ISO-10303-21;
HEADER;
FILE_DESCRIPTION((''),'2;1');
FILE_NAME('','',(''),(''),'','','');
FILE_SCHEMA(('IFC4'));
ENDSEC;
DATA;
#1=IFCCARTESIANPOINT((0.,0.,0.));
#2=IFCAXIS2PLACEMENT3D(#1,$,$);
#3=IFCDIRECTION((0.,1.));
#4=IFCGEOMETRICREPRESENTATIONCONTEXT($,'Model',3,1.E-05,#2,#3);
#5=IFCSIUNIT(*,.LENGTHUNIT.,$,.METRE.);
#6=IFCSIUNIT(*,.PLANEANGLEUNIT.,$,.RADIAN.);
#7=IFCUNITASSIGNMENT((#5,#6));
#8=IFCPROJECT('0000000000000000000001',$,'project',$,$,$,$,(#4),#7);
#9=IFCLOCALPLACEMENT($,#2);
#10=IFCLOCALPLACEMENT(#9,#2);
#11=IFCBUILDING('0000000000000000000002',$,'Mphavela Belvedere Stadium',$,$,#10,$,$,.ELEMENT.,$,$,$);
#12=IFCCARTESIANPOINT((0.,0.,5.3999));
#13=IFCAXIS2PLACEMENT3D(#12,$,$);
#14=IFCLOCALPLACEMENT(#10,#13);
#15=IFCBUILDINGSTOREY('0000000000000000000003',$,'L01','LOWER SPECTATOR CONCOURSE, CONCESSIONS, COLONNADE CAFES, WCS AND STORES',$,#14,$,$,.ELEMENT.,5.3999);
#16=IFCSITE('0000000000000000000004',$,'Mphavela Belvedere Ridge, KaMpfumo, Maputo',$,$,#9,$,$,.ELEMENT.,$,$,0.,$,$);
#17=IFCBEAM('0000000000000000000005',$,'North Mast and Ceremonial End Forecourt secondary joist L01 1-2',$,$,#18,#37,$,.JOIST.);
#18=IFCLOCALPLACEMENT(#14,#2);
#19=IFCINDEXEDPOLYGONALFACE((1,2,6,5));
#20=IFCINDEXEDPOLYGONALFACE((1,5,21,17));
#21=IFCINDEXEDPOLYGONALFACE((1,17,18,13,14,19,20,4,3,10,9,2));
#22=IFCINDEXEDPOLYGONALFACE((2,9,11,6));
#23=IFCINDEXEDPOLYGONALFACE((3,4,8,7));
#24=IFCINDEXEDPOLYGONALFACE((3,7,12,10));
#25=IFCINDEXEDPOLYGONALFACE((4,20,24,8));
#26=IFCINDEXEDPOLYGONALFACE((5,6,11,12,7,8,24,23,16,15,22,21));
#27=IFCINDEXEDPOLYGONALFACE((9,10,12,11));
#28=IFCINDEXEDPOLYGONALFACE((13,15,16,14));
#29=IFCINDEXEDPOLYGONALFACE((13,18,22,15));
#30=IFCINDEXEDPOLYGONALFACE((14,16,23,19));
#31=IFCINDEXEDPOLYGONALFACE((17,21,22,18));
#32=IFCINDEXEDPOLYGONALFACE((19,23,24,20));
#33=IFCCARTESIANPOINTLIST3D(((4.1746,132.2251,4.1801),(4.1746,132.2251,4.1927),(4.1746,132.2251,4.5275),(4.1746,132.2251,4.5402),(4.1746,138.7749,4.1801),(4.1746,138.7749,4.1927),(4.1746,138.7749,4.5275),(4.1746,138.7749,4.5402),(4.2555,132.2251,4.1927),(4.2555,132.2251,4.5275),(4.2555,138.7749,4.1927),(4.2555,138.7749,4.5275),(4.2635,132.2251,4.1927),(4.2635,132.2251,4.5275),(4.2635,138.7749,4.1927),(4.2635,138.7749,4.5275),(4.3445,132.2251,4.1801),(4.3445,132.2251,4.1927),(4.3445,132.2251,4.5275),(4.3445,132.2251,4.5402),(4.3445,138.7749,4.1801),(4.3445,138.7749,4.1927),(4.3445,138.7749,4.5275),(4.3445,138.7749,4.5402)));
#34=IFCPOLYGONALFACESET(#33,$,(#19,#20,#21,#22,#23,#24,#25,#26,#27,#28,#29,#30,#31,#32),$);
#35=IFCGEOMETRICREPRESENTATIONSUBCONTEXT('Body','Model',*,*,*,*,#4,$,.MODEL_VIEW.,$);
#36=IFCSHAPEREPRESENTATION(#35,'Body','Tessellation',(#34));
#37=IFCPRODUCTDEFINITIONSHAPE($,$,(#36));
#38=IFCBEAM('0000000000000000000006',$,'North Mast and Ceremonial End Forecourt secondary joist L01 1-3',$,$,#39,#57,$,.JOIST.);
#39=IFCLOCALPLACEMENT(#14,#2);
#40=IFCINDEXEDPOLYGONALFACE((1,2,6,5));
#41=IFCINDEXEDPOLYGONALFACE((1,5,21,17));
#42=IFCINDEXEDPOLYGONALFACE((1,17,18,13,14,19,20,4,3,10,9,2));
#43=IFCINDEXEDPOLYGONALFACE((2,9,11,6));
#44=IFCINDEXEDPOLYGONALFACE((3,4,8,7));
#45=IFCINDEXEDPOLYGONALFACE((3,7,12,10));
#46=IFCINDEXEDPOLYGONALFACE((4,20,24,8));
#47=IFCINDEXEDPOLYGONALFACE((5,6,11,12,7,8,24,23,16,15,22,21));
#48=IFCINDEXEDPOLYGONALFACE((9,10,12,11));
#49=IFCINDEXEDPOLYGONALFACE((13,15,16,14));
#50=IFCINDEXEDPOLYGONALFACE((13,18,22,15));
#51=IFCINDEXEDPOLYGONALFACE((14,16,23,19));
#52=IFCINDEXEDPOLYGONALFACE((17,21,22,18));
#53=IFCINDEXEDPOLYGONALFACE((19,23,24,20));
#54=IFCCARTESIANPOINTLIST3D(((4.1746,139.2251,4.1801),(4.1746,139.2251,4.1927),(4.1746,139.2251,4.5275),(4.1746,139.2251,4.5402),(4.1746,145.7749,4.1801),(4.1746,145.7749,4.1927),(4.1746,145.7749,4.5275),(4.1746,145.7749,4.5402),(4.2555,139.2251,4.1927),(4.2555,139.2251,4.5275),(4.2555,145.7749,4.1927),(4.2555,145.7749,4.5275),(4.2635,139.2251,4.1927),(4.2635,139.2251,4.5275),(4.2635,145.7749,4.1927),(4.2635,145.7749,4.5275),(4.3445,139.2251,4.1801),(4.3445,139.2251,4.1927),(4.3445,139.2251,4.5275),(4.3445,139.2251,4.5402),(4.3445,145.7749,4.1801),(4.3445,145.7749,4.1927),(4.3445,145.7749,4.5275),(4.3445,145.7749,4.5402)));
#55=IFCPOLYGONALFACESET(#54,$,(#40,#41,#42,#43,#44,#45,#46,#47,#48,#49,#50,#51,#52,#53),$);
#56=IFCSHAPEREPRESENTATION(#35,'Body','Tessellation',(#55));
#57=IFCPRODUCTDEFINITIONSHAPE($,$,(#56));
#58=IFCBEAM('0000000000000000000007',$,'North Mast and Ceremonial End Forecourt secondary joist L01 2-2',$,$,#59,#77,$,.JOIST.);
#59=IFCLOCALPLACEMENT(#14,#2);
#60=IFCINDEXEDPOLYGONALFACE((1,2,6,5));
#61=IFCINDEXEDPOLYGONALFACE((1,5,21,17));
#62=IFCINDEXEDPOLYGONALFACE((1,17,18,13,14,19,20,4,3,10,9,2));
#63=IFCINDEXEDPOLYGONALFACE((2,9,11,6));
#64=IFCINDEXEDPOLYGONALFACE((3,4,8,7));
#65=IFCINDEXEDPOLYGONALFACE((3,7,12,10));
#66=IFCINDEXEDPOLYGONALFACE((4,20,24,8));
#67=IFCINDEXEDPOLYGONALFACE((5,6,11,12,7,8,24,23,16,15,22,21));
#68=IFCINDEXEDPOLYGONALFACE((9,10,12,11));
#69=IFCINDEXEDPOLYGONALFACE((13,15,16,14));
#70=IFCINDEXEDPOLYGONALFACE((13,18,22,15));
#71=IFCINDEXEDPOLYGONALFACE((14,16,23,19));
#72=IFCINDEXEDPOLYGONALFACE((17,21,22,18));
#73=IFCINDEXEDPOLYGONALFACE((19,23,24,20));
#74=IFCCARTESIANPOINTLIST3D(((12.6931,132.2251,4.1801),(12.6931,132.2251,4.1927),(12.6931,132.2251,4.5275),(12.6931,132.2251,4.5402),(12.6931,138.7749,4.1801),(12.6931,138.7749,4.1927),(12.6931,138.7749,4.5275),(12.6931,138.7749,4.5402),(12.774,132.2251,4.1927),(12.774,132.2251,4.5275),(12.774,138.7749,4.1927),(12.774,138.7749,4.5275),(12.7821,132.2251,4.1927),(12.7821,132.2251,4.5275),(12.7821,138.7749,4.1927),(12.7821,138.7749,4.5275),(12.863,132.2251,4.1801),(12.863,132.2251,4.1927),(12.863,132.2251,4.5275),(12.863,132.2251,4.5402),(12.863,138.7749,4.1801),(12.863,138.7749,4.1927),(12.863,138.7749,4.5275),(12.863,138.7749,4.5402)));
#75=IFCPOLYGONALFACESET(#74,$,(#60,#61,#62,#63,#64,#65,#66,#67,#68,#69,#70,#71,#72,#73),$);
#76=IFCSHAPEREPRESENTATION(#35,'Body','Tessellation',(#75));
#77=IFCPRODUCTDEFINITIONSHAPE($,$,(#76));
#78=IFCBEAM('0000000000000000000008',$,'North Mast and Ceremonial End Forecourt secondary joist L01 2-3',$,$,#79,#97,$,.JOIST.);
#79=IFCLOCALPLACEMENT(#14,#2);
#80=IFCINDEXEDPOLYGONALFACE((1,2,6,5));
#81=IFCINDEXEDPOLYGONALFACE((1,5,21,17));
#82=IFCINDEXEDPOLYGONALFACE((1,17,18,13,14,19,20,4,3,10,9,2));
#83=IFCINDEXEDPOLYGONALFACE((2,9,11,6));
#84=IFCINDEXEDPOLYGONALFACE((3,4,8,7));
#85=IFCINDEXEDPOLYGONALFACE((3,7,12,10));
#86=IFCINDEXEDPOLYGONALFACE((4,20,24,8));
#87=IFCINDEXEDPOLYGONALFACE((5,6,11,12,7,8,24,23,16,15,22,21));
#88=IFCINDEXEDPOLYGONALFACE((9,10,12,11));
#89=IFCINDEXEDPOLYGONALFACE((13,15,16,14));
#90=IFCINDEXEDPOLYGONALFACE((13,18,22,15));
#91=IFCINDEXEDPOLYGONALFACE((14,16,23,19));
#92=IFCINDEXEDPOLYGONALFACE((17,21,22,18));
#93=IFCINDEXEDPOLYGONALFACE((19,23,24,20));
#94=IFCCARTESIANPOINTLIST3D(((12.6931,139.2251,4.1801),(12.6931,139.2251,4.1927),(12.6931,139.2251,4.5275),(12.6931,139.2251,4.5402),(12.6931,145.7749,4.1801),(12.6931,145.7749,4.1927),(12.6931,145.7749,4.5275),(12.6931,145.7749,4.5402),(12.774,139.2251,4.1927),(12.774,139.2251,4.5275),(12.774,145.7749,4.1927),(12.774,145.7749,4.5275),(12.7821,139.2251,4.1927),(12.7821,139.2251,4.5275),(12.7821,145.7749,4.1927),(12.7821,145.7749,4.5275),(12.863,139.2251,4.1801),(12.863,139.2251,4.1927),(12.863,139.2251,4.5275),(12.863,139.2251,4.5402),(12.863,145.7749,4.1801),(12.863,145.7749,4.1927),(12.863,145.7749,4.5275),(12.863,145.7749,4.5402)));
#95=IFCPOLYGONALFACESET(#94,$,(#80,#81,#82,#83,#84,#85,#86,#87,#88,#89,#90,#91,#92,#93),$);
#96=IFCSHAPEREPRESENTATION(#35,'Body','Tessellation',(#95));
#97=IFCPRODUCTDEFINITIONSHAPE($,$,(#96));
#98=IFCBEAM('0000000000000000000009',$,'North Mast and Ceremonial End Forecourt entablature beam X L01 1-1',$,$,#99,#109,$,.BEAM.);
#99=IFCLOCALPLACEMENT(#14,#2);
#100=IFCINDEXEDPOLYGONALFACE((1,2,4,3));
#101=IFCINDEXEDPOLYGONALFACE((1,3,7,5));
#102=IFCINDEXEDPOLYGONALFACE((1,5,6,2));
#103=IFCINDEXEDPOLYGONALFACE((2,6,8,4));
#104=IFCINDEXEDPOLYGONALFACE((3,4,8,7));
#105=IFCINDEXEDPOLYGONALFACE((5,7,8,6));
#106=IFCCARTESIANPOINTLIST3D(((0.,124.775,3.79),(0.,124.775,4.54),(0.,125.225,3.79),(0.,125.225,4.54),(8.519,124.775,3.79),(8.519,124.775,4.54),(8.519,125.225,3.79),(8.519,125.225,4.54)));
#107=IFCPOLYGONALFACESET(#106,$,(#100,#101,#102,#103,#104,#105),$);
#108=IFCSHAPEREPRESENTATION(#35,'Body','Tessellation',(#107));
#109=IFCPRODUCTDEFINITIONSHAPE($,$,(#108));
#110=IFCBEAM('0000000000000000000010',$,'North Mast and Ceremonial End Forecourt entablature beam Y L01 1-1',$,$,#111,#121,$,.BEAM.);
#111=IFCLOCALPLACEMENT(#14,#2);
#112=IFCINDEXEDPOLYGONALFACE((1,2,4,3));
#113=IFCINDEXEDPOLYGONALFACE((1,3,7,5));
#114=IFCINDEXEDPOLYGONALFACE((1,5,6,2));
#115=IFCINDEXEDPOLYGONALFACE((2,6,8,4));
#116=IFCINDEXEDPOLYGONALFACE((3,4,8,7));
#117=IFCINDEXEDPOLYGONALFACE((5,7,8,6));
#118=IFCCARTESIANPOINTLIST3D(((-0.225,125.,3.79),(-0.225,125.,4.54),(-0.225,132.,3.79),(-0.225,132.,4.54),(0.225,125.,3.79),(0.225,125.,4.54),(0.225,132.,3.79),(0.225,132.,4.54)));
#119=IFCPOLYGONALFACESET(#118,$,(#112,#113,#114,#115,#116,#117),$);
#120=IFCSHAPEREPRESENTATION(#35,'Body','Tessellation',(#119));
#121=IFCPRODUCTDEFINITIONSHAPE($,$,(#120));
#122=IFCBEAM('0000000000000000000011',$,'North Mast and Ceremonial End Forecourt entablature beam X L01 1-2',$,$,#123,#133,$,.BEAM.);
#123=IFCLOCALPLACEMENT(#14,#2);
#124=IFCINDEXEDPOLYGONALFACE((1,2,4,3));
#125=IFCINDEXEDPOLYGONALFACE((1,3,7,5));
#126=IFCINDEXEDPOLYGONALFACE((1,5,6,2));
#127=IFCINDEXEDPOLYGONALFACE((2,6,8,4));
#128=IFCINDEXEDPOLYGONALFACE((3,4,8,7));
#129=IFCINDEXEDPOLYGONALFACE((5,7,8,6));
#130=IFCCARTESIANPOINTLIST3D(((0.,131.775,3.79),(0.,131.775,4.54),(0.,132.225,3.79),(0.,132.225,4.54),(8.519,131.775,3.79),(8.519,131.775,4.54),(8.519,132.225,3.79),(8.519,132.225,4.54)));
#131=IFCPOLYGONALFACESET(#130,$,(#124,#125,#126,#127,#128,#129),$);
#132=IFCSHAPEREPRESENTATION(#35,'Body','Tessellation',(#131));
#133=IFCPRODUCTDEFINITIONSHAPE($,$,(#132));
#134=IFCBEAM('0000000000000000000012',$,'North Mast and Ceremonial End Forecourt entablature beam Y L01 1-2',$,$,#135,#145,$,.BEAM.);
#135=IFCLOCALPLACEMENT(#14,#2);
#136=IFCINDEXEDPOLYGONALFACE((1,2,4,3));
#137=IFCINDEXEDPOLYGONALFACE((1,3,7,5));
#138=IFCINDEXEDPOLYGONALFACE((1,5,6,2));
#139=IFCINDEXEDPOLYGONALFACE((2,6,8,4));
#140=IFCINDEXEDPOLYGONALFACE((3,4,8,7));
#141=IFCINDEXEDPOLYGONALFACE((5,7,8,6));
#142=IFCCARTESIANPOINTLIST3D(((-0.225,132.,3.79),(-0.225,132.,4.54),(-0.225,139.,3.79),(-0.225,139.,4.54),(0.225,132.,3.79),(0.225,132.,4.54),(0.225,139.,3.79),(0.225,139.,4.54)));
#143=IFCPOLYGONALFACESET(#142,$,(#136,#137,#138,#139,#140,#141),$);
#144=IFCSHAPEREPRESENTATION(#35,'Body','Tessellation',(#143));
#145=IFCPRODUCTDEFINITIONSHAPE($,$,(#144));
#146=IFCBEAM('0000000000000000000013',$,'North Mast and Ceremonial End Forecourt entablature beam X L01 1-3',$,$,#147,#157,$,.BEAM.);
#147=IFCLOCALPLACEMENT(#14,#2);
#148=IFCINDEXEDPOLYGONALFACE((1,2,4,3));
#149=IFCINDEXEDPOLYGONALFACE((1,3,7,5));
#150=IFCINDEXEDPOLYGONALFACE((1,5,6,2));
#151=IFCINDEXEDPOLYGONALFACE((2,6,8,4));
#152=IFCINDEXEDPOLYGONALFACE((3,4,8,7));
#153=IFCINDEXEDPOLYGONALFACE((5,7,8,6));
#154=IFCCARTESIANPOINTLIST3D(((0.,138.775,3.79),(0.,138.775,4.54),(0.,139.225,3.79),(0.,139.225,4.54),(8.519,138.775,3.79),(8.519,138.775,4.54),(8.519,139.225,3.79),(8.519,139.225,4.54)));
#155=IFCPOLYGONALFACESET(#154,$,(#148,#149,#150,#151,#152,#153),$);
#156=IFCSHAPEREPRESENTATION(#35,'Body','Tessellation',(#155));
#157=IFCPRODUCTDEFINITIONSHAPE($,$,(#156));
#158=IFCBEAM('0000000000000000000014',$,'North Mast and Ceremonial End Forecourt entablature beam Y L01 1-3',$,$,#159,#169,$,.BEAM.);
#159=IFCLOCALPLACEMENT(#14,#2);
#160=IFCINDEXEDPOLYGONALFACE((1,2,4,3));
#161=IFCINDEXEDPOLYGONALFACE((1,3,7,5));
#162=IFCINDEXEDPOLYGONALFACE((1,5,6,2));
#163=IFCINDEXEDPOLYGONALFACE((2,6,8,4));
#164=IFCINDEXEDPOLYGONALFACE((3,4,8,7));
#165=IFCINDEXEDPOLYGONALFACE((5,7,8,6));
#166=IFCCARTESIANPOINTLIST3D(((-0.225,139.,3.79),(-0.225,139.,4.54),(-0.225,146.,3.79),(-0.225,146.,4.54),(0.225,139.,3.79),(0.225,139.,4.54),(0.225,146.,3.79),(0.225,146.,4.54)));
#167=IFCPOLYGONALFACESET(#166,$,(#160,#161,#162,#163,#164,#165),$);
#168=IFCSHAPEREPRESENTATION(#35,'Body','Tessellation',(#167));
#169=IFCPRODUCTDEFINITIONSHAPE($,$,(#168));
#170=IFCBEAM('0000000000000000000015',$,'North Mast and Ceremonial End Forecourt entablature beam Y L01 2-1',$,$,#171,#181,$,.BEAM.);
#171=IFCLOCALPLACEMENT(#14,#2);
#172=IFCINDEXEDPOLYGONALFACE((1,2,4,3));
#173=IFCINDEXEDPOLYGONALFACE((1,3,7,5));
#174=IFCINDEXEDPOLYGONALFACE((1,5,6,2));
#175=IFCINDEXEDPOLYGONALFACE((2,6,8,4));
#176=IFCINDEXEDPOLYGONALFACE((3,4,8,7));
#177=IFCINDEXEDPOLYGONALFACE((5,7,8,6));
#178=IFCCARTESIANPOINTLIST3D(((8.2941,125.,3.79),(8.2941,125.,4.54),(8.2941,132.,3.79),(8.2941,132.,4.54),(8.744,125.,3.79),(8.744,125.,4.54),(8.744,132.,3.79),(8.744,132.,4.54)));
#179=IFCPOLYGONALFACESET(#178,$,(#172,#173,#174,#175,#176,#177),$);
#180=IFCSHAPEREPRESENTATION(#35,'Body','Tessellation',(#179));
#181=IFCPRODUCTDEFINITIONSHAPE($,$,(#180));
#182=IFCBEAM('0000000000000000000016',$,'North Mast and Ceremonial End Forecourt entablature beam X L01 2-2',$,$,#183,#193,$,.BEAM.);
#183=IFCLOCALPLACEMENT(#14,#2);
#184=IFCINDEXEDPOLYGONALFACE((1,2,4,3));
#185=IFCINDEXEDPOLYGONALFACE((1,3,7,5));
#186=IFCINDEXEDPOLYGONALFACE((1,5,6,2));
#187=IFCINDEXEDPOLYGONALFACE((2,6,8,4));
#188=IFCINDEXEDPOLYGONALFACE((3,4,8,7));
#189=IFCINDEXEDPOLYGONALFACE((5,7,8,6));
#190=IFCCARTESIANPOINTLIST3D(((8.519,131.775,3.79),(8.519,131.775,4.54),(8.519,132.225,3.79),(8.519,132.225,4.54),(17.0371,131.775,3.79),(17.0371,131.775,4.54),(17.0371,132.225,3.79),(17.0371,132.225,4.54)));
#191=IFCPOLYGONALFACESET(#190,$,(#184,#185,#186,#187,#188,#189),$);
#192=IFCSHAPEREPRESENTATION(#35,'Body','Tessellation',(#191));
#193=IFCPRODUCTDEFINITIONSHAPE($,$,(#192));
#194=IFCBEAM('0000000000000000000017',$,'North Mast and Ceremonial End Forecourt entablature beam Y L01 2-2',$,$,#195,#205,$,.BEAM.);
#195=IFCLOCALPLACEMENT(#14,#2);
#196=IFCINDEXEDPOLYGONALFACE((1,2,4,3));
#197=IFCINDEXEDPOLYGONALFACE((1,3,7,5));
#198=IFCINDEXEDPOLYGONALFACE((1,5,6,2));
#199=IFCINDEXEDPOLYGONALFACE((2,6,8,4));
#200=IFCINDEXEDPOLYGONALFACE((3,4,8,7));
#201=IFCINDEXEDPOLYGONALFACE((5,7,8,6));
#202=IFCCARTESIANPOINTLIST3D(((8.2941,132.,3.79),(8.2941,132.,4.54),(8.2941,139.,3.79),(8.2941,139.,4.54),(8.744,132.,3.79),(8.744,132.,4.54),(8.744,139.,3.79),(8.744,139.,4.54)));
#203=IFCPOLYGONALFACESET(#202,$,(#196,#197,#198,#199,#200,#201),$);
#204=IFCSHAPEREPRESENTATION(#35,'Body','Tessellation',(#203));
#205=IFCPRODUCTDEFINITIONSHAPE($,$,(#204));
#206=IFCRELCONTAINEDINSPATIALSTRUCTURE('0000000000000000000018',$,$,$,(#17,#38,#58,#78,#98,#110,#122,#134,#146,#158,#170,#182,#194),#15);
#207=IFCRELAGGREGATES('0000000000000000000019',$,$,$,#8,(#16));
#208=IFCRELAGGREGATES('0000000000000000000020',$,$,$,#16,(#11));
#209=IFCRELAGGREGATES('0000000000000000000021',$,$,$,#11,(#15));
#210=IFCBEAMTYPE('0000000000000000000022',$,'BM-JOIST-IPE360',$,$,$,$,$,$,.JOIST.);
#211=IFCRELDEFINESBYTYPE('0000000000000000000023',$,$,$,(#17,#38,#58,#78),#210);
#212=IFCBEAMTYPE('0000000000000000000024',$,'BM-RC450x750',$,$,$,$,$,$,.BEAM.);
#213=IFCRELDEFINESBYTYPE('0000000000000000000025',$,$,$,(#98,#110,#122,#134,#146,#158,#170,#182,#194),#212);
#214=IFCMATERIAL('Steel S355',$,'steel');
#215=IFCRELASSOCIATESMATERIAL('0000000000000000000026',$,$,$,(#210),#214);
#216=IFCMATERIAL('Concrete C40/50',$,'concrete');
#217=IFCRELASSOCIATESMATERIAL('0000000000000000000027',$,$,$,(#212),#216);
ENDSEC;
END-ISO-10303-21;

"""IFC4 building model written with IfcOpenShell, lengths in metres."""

from ifc_helpers import new_model, si_unit, direction, frame, origin, origin_2d, place, context, subcontext, project, spatial, rectangle, i_section, extrude, material, material_profile, profile_set, type_object, element, save


model = new_model("IFC4")

# Units and contexts
model_context = context("Model", 3, precision=1e-05, world=origin(), true_north=direction((0.0, 1.0)))
body_context = subcontext(model_context, "Body", "Model", "MODEL_VIEW")
ifc_project = project(units=[si_unit("LENGTHUNIT", "METRE"), si_unit("PLANEANGLEUNIT", "RADIAN")], contexts=[model_context])

# Site, building, storey
site_placement = place(None, origin())
site = spatial("IfcSite", under=ifc_project, at=site_placement, Name="Mphavela Belvedere Ridge, KaMpfumo, Maputo", CompositionType="ELEMENT", RefElevation=0.0)
building_placement = place(site_placement, origin())
building = spatial("IfcBuilding", under=site, at=building_placement, Name="Mphavela Belvedere Stadium", CompositionType="ELEMENT")
storey_placement = place(building_placement, frame((0.0, 0.0, 5.3999)))
storey = spatial("IfcBuildingStorey", under=building, at=storey_placement, Name="L01", Description="LOWER SPECTATOR CONCOURSE, CONCESSIONS, COLONNADE CAFES, WCS AND STORES", CompositionType="ELEMENT", Elevation=5.3999)

# Beams
ifc_material_1 = material(Name="Steel S355", Category="steel")
ifc_material_profile_1 = material_profile(ifc_material_1, i_section(OverallWidth=0.1699, OverallDepth=0.3601, WebThickness=0.0081, FlangeThickness=0.0127, at=origin_2d()), Name="IPE 360")
ifc_profile_set_1 = profile_set([ifc_material_profile_1], Name="Steel S355")
beam_type_1 = type_object("IfcBeamType", Name="BM-JOIST-IPE360", PredefinedType="JOIST", material=ifc_profile_set_1)
for number, where, z_axis, x_axis, name in (
    (1, (4.2595, 132.2251, 4.3601), (0.0, 1.0, 0.0), (-1.0, 0.0, 0.0), "North Mast and Ceremonial End Forecourt secondary joist L01 1-2"),
    (2, (4.2595, 139.2251, 4.3601), (0.0, 1.0, 0.0), (-1.0, 0.0, 0.0), "North Mast and Ceremonial End Forecourt secondary joist L01 1-3"),
    (3, (12.7781, 132.2251, 4.3601), (0.0, 1.0, 0.0), (-1.0, 0.0, 0.0), "North Mast and Ceremonial End Forecourt secondary joist L01 2-2"),
    (4, (12.7781, 139.2251, 4.3601), (0.0, 1.0, 0.0), (-1.0, 0.0, 0.0), "North Mast and Ceremonial End Forecourt secondary joist L01 2-3"),
):
    element("IfcBeam", number, at=place(storey_placement, frame(where, z_axis=z_axis, x_axis=x_axis)), inside=storey, type_object=beam_type_1, Name=name, PredefinedType="JOIST", context=body_context, shape_type="SweptSolid", body=[
        extrude(i_section(OverallWidth=0.1699, OverallDepth=0.3601, WebThickness=0.0081, FlangeThickness=0.0127, at=origin_2d()), origin(), (0.0, 0.0, 1.0), 6.5498),
    ])
ifc_material_2 = material(Name="Concrete C40/50", Category="concrete")
ifc_material_profile_2 = material_profile(ifc_material_2, rectangle(XDim=0.45, YDim=0.75, at=origin_2d()), Name="RC 450x750")
ifc_profile_set_2 = profile_set([ifc_material_profile_2], Name="Concrete C40/50")
beam_type_2 = type_object("IfcBeamType", Name="BM-RC450x750", PredefinedType="BEAM", material=ifc_profile_set_2)
beam_1_placement = place(storey_placement, frame((0.0, 125.0, 4.165), z_axis=(1.0, 0.0, 0.0), x_axis=(0.0, 1.0, 0.0)))
element("IfcBeam", 5, at=beam_1_placement, inside=storey, type_object=beam_type_2, Name="North Mast and Ceremonial End Forecourt entablature beam X L01 1-1", PredefinedType="BEAM", context=body_context, shape_type="SweptSolid", body=[
    extrude(rectangle(XDim=0.45, YDim=0.75, at=origin_2d()), origin(), (0.0, 0.0, 1.0), 8.519),
])
beam_2_placement = place(storey_placement, frame((0.0, 125.0, 4.165), z_axis=(0.0, 1.0, 0.0), x_axis=(-1.0, 0.0, 0.0)))
element("IfcBeam", 6, at=beam_2_placement, inside=storey, type_object=beam_type_2, Name="North Mast and Ceremonial End Forecourt entablature beam Y L01 1-1", PredefinedType="BEAM", context=body_context, shape_type="SweptSolid", body=[
    extrude(rectangle(XDim=0.45, YDim=0.75, at=origin_2d()), origin(), (0.0, 0.0, 1.0), 7.0),
])
beam_3_placement = place(storey_placement, frame((0.0, 132.0, 4.165), z_axis=(1.0, 0.0, 0.0), x_axis=(0.0, 1.0, 0.0)))
element("IfcBeam", 7, at=beam_3_placement, inside=storey, type_object=beam_type_2, Name="North Mast and Ceremonial End Forecourt entablature beam X L01 1-2", PredefinedType="BEAM", context=body_context, shape_type="SweptSolid", body=[
    extrude(rectangle(XDim=0.45, YDim=0.75, at=origin_2d()), origin(), (0.0, 0.0, 1.0), 8.519),
])
beam_4_placement = place(storey_placement, frame((0.0, 132.0, 4.165), z_axis=(0.0, 1.0, 0.0), x_axis=(-1.0, 0.0, 0.0)))
element("IfcBeam", 8, at=beam_4_placement, inside=storey, type_object=beam_type_2, Name="North Mast and Ceremonial End Forecourt entablature beam Y L01 1-2", PredefinedType="BEAM", context=body_context, shape_type="SweptSolid", body=[
    extrude(rectangle(XDim=0.45, YDim=0.75, at=origin_2d()), origin(), (0.0, 0.0, 1.0), 7.0),
])
beam_5_placement = place(storey_placement, frame((0.0, 139.0, 4.165), z_axis=(1.0, 0.0, 0.0), x_axis=(0.0, 1.0, 0.0)))
element("IfcBeam", 9, at=beam_5_placement, inside=storey, type_object=beam_type_2, Name="North Mast and Ceremonial End Forecourt entablature beam X L01 1-3", PredefinedType="BEAM", context=body_context, shape_type="SweptSolid", body=[
    extrude(rectangle(XDim=0.45, YDim=0.75, at=origin_2d()), origin(), (0.0, 0.0, 1.0), 8.519),
])
for number, where, z_axis, x_axis, name in (
    (10, (0.0, 139.0, 4.165), (0.0, 1.0, 0.0), (-1.0, 0.0, 0.0), "North Mast and Ceremonial End Forecourt entablature beam Y L01 1-3"),
    (11, (8.519, 125.0, 4.165), (0.0, 1.0, 0.0), (-1.0, 0.0, 0.0), "North Mast and Ceremonial End Forecourt entablature beam Y L01 2-1"),
):
    element("IfcBeam", number, at=place(storey_placement, frame(where, z_axis=z_axis, x_axis=x_axis)), inside=storey, type_object=beam_type_2, Name=name, PredefinedType="BEAM", context=body_context, shape_type="SweptSolid", body=[
        extrude(rectangle(XDim=0.45, YDim=0.75, at=origin_2d()), origin(), (0.0, 0.0, 1.0), 7.0),
    ])
beam_6_placement = place(storey_placement, frame((8.519, 132.0, 4.165), z_axis=(1.0, 0.0, 0.0), x_axis=(0.0, 1.0, 0.0)))
element("IfcBeam", 12, at=beam_6_placement, inside=storey, type_object=beam_type_2, Name="North Mast and Ceremonial End Forecourt entablature beam X L01 2-2", PredefinedType="BEAM", context=body_context, shape_type="SweptSolid", body=[
    extrude(rectangle(XDim=0.45, YDim=0.75, at=origin_2d()), origin(), (0.0, 0.0, 1.0), 8.5181),
])
beam_7_placement = place(storey_placement, frame((8.519, 132.0, 4.165), z_axis=(0.0, 1.0, 0.0), x_axis=(-1.0, 0.0, 0.0)))
element("IfcBeam", 13, at=beam_7_placement, inside=storey, type_object=beam_type_2, Name="North Mast and Ceremonial End Forecourt entablature beam Y L01 2-2", PredefinedType="BEAM", context=body_context, shape_type="SweptSolid", body=[
    extrude(rectangle(XDim=0.45, YDim=0.75, at=origin_2d()), origin(), (0.0, 0.0, 1.0), 7.0),
])

save(model, "model.ifc")
